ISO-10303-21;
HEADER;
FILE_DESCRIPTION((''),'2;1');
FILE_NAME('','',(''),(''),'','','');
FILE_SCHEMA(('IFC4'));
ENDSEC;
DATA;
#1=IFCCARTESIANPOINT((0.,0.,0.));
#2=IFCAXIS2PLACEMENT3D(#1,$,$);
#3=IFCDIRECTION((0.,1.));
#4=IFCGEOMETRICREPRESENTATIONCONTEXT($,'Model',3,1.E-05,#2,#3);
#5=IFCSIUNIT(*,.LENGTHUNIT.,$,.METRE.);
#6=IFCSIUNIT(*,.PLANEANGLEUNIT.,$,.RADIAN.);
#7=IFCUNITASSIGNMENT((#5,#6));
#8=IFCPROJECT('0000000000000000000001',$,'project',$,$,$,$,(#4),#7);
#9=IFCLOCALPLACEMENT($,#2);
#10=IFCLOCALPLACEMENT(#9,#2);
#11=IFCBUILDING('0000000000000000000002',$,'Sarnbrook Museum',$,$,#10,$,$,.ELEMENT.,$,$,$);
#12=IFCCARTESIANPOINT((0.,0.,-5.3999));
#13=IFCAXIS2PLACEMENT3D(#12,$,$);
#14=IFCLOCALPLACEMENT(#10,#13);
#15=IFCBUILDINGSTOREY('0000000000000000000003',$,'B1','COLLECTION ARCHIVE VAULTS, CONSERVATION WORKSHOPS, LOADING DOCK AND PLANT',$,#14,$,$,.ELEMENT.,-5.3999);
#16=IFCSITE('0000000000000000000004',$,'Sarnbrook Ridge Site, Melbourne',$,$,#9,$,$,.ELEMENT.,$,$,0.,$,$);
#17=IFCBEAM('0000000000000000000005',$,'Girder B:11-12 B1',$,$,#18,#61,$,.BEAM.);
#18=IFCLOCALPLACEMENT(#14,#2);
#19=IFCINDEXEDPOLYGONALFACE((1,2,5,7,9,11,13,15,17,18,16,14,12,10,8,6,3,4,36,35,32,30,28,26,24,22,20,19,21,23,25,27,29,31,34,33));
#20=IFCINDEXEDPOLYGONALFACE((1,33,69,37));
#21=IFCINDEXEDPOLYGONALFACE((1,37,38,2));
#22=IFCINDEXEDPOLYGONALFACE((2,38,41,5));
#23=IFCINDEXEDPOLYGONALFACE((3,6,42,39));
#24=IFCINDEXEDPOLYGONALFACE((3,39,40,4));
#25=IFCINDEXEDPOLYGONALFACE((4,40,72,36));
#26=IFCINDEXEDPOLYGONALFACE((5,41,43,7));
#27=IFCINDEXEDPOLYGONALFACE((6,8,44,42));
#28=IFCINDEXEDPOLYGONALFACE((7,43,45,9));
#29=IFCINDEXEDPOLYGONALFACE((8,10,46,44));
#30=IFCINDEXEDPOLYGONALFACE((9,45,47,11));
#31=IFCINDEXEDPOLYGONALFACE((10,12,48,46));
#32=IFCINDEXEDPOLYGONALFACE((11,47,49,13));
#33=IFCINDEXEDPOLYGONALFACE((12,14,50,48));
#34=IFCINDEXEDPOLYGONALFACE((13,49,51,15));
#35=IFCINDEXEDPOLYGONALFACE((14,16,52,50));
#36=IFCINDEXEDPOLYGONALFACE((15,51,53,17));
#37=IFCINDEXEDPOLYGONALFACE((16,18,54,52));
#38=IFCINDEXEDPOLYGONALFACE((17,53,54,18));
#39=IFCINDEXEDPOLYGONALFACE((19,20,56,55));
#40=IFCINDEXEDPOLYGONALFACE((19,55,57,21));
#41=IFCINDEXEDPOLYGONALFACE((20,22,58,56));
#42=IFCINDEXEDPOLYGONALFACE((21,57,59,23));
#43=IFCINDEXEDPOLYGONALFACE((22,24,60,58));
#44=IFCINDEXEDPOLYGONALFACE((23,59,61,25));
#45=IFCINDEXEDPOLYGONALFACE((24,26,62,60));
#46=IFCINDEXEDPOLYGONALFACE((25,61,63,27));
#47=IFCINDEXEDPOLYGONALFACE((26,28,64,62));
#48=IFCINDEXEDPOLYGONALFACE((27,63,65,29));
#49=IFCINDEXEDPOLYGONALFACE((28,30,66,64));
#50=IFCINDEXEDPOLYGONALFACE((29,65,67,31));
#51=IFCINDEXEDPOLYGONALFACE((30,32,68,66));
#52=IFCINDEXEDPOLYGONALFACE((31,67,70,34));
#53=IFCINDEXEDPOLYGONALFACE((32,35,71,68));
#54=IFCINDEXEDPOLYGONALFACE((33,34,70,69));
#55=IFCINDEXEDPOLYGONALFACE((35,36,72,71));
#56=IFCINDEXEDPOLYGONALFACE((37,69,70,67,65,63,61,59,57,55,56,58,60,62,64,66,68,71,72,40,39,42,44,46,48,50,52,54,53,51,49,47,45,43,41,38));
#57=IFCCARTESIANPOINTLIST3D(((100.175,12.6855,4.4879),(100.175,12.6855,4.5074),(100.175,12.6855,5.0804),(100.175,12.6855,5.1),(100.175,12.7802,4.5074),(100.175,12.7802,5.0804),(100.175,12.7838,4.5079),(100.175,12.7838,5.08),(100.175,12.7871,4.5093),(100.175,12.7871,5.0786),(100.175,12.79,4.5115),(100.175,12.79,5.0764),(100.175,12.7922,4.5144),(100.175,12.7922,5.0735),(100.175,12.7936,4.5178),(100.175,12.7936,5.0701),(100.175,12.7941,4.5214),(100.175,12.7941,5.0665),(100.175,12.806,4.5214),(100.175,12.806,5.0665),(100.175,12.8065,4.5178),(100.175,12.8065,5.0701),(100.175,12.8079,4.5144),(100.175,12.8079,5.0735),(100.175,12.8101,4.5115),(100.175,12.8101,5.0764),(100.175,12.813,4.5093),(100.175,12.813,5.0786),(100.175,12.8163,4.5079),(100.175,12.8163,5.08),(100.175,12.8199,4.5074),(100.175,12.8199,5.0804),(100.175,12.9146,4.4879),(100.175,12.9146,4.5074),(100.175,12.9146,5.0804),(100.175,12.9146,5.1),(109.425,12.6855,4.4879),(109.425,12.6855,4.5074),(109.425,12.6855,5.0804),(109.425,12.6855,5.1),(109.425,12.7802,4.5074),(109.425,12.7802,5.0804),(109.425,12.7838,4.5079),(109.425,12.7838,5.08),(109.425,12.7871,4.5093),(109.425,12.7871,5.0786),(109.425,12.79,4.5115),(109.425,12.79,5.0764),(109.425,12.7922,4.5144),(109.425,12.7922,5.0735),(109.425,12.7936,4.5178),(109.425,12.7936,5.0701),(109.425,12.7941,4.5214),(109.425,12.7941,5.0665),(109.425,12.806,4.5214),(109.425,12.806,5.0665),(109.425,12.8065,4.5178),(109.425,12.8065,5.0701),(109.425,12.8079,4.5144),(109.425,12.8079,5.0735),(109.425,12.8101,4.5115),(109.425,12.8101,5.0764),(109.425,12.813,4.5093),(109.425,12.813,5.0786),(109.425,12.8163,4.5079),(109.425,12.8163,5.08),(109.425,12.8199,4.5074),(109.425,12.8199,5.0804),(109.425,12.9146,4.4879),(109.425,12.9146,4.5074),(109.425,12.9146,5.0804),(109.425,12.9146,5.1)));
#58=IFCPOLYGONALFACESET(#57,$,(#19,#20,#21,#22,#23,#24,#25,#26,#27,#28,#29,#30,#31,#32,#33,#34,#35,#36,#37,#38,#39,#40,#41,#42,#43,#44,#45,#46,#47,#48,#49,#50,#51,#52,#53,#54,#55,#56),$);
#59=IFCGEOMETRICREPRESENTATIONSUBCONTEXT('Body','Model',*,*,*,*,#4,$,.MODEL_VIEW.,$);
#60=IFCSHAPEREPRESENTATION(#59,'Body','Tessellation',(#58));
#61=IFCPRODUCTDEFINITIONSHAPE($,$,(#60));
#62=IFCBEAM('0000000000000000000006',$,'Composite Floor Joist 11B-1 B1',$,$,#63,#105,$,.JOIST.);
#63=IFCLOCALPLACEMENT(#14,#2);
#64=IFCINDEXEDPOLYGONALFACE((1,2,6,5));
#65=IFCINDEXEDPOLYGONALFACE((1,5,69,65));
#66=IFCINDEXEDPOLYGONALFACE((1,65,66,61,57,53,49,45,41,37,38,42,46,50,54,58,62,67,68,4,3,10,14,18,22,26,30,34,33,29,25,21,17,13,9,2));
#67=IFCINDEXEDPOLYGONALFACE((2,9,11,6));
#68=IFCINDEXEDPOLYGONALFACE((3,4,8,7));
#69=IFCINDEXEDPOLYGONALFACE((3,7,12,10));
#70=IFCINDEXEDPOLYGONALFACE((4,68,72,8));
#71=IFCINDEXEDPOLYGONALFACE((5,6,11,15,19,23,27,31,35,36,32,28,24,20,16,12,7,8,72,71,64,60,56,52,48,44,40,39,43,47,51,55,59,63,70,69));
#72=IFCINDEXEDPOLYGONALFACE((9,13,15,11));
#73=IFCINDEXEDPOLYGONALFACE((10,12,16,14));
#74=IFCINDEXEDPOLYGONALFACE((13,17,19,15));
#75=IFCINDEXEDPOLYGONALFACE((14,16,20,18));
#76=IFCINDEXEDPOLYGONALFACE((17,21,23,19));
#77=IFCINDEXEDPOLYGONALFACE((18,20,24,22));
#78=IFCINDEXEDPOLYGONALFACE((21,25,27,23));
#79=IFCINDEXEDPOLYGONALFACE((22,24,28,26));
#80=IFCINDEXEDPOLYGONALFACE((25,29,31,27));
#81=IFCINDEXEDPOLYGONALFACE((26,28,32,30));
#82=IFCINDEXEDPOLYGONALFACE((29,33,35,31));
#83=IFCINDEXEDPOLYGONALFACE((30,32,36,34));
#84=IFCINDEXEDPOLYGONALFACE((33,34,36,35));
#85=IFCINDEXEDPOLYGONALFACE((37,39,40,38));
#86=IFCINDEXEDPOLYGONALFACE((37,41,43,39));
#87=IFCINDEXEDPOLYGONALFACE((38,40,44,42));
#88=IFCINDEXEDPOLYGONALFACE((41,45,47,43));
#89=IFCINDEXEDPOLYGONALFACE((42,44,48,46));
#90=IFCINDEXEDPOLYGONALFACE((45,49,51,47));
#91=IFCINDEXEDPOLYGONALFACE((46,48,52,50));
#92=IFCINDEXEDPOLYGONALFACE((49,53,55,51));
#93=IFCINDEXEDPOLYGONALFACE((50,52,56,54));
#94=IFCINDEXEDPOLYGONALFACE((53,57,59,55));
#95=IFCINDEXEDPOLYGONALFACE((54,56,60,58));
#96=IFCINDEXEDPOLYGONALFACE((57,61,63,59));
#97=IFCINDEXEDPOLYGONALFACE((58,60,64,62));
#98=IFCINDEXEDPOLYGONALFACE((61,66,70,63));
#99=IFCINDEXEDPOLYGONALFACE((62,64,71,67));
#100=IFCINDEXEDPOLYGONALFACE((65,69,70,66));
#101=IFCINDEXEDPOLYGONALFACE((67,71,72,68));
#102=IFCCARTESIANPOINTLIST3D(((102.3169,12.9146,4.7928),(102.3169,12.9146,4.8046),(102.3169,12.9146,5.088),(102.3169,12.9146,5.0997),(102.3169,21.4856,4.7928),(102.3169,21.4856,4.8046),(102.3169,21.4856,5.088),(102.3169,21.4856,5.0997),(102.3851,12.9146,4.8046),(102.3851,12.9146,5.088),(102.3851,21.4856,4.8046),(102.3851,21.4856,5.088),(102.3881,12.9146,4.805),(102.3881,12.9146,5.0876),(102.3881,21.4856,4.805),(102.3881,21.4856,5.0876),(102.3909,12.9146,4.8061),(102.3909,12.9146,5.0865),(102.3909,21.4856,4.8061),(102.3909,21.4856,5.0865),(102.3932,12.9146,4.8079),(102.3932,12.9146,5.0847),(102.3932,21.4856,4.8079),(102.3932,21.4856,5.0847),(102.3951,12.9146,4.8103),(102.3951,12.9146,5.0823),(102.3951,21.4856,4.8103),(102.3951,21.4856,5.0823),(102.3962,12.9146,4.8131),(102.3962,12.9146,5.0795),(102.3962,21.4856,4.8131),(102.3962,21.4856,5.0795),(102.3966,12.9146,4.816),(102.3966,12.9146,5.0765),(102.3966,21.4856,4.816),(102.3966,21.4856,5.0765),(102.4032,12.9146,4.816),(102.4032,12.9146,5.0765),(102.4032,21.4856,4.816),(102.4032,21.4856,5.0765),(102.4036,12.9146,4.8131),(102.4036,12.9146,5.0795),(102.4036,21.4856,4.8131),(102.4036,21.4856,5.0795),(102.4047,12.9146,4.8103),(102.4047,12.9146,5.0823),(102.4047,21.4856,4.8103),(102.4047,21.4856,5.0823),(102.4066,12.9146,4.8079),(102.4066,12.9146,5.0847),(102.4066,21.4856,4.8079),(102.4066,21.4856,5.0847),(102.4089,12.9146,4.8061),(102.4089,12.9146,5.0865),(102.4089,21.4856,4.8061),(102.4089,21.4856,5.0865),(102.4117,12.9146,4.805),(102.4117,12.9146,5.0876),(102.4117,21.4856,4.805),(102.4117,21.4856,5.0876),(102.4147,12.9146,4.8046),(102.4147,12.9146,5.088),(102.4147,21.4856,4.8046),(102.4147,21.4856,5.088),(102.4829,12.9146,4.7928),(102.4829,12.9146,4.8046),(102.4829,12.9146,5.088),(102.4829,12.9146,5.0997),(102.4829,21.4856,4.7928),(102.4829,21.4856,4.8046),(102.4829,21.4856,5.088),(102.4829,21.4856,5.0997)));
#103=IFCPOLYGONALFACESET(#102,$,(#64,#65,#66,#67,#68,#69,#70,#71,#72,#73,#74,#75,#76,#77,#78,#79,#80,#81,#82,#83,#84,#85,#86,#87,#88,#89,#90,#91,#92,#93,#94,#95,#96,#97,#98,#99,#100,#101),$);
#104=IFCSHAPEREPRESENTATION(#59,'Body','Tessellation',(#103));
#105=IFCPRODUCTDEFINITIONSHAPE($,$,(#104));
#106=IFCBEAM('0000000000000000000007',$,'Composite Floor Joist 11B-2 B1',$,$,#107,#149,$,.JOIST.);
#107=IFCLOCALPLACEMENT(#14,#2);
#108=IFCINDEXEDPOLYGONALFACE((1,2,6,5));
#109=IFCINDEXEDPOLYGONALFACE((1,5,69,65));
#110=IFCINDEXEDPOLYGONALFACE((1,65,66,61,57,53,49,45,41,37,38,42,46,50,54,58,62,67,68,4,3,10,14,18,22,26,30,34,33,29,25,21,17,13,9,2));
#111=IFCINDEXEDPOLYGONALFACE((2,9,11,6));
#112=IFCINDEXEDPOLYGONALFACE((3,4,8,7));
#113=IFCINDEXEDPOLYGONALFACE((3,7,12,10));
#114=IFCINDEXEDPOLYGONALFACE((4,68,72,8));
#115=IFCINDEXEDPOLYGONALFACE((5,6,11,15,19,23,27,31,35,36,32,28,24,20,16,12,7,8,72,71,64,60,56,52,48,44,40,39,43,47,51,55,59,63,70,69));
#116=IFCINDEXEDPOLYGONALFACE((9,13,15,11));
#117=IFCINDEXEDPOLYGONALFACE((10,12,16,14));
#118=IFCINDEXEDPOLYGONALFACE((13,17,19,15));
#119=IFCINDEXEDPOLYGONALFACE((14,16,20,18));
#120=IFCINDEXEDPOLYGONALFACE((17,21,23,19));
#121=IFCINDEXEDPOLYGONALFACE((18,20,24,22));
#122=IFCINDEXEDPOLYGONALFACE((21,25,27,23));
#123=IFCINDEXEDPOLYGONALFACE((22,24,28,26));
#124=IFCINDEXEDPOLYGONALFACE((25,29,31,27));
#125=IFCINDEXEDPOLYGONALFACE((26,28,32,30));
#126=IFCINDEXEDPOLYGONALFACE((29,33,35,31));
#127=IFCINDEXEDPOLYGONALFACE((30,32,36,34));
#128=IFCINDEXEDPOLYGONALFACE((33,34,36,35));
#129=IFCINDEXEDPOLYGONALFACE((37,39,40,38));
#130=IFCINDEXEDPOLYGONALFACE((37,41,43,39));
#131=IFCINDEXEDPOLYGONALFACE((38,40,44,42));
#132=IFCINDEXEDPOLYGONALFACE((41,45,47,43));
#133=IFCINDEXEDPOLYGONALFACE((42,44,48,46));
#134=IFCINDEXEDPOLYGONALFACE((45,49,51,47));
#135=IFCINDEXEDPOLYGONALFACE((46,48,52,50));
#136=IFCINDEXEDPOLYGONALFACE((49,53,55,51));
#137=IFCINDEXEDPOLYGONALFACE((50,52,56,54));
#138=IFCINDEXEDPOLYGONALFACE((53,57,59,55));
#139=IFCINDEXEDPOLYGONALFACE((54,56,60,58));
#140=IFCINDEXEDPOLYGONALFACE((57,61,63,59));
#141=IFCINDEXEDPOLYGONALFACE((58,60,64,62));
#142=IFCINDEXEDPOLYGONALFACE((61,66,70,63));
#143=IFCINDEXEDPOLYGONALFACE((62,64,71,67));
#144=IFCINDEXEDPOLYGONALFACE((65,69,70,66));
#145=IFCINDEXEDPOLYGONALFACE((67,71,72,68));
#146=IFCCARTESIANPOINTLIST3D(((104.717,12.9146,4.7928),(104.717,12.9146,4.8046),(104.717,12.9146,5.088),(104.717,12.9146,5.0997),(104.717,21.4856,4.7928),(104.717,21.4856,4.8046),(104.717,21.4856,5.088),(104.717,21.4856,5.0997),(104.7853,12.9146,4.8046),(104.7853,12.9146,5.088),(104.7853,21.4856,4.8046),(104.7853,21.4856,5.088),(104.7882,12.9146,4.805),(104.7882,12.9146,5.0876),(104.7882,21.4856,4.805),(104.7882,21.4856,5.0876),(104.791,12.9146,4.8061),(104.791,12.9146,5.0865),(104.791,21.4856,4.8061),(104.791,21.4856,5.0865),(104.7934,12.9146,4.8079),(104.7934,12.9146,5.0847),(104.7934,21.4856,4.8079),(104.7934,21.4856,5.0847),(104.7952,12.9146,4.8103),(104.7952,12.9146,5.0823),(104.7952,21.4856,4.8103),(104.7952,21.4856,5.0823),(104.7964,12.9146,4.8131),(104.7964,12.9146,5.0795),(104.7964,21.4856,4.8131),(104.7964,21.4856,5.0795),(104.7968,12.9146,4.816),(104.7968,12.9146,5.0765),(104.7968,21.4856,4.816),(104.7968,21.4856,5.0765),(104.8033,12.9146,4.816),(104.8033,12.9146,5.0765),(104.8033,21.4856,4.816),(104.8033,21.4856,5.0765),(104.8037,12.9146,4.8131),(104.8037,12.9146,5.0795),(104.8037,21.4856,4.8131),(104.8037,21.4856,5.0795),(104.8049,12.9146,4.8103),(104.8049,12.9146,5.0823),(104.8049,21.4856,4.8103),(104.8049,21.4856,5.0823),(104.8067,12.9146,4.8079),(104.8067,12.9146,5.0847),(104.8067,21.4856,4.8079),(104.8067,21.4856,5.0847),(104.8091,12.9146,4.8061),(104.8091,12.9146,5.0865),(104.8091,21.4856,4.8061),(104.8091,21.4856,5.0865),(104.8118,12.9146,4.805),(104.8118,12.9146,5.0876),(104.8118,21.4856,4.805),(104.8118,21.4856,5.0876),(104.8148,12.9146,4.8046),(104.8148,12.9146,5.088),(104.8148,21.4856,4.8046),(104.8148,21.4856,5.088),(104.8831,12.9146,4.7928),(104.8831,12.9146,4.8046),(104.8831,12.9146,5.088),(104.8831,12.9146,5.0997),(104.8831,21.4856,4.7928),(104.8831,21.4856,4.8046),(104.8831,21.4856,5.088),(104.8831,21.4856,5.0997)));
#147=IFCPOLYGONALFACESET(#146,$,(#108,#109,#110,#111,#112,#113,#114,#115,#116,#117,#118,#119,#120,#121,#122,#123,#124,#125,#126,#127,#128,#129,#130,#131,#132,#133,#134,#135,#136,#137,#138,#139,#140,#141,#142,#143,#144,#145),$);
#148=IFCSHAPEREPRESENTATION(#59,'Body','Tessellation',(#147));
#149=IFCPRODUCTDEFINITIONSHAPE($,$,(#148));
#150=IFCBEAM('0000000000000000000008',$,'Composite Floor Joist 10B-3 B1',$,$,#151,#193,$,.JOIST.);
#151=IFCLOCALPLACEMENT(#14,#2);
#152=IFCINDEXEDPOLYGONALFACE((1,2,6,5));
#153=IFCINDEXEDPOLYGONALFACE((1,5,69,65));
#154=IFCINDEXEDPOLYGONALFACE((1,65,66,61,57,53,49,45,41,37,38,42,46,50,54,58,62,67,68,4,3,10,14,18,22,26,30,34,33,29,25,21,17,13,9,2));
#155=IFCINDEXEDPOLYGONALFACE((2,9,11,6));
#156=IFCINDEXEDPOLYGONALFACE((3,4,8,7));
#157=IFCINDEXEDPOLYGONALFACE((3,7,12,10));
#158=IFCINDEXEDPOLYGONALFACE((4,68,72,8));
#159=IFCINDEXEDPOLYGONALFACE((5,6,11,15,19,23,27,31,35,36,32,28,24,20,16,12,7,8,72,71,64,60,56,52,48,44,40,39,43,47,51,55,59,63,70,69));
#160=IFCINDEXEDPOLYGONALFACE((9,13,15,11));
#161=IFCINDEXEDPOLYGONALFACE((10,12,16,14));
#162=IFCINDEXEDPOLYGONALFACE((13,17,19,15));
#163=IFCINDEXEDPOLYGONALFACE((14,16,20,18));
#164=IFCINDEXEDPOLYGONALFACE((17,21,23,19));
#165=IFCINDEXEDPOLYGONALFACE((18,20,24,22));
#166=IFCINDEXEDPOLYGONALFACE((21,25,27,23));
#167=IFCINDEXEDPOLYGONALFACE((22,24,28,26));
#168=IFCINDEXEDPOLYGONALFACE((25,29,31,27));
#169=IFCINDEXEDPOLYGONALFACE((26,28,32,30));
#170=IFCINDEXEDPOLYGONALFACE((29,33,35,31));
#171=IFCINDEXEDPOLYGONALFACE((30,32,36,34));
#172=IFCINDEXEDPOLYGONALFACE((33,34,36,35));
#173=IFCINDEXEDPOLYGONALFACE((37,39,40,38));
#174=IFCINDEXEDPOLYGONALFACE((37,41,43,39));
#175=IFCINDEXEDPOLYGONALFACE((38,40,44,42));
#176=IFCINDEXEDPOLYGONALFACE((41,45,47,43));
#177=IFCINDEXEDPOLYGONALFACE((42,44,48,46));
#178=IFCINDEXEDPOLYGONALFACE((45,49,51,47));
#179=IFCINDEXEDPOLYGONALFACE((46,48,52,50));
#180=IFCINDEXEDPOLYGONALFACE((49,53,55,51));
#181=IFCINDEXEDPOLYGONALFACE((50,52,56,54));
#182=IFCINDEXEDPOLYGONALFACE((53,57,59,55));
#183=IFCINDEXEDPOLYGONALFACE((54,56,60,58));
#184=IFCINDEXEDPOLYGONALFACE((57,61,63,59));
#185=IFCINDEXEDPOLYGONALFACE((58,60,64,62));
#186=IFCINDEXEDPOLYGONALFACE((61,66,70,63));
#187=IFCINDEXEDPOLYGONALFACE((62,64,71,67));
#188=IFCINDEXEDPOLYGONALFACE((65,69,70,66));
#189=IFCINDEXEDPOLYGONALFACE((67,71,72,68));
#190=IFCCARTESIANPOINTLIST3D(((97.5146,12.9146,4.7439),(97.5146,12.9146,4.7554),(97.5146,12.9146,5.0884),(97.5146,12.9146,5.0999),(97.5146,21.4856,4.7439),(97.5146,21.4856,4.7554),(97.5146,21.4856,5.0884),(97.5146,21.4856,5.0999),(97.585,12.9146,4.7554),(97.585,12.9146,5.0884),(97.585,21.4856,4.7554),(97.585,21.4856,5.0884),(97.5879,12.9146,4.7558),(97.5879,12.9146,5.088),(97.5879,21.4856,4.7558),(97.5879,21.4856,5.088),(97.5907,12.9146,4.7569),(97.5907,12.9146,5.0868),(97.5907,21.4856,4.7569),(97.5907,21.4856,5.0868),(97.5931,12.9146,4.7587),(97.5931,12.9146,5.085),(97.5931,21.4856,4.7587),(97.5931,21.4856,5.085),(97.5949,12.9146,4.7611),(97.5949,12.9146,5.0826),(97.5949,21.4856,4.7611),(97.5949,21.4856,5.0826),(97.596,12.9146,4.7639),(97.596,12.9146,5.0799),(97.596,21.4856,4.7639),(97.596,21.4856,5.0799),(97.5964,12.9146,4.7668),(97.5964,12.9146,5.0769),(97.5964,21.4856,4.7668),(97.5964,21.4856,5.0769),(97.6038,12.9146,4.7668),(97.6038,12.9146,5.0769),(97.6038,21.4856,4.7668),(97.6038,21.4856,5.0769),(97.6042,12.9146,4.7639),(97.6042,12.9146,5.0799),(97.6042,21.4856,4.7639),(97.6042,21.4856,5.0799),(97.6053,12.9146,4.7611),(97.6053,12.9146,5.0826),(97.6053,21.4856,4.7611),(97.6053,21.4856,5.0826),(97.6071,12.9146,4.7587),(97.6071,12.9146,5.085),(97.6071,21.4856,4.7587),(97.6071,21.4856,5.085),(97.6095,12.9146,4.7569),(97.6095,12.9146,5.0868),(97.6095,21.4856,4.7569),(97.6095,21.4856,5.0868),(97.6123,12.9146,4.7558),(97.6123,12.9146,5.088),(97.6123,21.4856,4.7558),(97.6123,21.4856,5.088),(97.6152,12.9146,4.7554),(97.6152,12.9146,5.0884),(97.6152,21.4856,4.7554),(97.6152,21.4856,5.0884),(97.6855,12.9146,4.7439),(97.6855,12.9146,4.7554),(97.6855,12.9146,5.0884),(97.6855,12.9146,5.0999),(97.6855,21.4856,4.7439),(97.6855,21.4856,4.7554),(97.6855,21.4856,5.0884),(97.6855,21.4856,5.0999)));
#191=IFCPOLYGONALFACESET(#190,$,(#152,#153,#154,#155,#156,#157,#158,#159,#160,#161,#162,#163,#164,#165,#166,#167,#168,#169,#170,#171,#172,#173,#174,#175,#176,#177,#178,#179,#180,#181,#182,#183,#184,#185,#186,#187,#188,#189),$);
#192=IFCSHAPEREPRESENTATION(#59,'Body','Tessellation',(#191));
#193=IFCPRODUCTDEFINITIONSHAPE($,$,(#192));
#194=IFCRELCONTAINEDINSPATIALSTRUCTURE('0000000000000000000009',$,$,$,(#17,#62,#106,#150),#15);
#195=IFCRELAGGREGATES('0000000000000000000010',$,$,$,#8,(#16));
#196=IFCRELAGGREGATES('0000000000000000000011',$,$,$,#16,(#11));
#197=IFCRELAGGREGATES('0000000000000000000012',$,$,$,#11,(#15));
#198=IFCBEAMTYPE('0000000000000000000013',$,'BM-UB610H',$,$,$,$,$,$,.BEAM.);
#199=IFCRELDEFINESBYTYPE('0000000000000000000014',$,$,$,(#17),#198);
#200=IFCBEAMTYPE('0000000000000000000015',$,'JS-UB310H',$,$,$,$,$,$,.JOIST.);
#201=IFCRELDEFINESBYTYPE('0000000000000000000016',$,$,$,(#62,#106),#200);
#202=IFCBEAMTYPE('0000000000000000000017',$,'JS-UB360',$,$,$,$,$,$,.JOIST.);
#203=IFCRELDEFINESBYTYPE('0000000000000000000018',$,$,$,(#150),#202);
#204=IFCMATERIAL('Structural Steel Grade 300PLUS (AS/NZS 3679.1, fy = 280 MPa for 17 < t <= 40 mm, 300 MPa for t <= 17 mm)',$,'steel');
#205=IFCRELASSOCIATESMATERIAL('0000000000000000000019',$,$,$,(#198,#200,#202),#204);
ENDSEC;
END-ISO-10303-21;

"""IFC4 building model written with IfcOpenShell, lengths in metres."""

from ifc_helpers import new_model, si_unit, direction, frame, origin, origin_2d, place, context, subcontext, project, spatial, i_section, extrude, material, material_profile, profile_set, type_object, element, save


model = new_model("IFC4")

# Units and contexts
model_context = context("Model", 3, precision=1e-05, world=origin(), true_north=direction((0.0, 1.0)))
body_context = subcontext(model_context, "Body", "Model", "MODEL_VIEW")
ifc_project = project(units=[si_unit("LENGTHUNIT", "METRE"), si_unit("PLANEANGLEUNIT", "RADIAN")], contexts=[model_context])

# Site, building, storey
site_placement = place(None, origin())
site = spatial("IfcSite", under=ifc_project, at=site_placement, Name="Sarnbrook Ridge Site, Melbourne", CompositionType="ELEMENT", RefElevation=0.0)
building_placement = place(site_placement, origin())
building = spatial("IfcBuilding", under=site, at=building_placement, Name="Sarnbrook Museum", CompositionType="ELEMENT")
storey_placement = place(building_placement, frame((0.0, 0.0, -5.3999)))
storey = spatial("IfcBuildingStorey", under=building, at=storey_placement, Name="B1", Description="COLLECTION ARCHIVE VAULTS, CONSERVATION WORKSHOPS, LOADING DOCK AND PLANT", CompositionType="ELEMENT", Elevation=-5.3999)

# Beams
ifc_material_1 = material(Name="Structural Steel Grade 300PLUS (AS/NZS 3679.1, fy = 280 MPa for 17 < t <= 40 mm, 300 MPa for t <= 17 mm)", Category="steel")
ifc_material_profile_1 = material_profile(ifc_material_1, i_section(OverallWidth=0.229, OverallDepth=0.6121, WebThickness=0.012, FlangeThickness=0.0195, FilletRadius=0.0139, at=origin_2d()), Name="610UB125")
ifc_profile_set_1 = profile_set([ifc_material_profile_1], Name="Structural Steel Grade 300PLUS (AS/NZS 3679.1, fy = 280 MPa for 17 < t <= 40 mm, 300 MPa for t <= 17 mm)")
beam_type_1 = type_object("IfcBeamType", Name="BM-UB610H", PredefinedType="BEAM", material=ifc_profile_set_1)
beam_1_placement = place(storey_placement, frame((100.175, 12.8, 4.7939), z_axis=(1.0, 0.0, 0.0), x_axis=(0.0, 1.0, 0.0)))
element("IfcBeam", 1, at=beam_1_placement, inside=storey, type_object=beam_type_1, Name="Girder B:11-12 B1", PredefinedType="BEAM", context=body_context, shape_type="SweptSolid", body=[
    extrude(i_section(OverallWidth=0.229, OverallDepth=0.6121, WebThickness=0.012, FlangeThickness=0.0195, FilletRadius=0.0139, at=origin_2d()), origin(), (0.0, 0.0, 1.0), 9.25),
])
ifc_material_profile_2 = material_profile(ifc_material_1, i_section(OverallWidth=0.166, OverallDepth=0.3069, WebThickness=0.0066, FlangeThickness=0.0117, FilletRadius=0.0115, at=origin_2d()), Name="310UB46.2")
ifc_profile_set_2 = profile_set([ifc_material_profile_2], Name="Structural Steel Grade 300PLUS (AS/NZS 3679.1, fy = 280 MPa for 17 < t <= 40 mm, 300 MPa for t <= 17 mm)")
beam_type_2 = type_object("IfcBeamType", Name="JS-UB310H", PredefinedType="JOIST", material=ifc_profile_set_2)
for number, where, z_axis, x_axis, name in (
    (2, (102.3999, 12.9146, 4.9463), (0.0, 1.0, 0.0), (-1.0, 0.0, 0.0), "Composite Floor Joist 11B-1 B1"),
    (3, (104.8, 12.9146, 4.9463), (0.0, 1.0, 0.0), (-1.0, 0.0, 0.0), "Composite Floor Joist 11B-2 B1"),
):
    element("IfcBeam", number, at=place(storey_placement, frame(where, z_axis=z_axis, x_axis=x_axis)), inside=storey, type_object=beam_type_2, Name=name, PredefinedType="JOIST", context=body_context, shape_type="SweptSolid", body=[
        extrude(i_section(OverallWidth=0.166, OverallDepth=0.3069, WebThickness=0.0066, FlangeThickness=0.0117, FilletRadius=0.0115, at=origin_2d()), origin(), (0.0, 0.0, 1.0), 8.571),
    ])
ifc_material_profile_3 = material_profile(ifc_material_1, i_section(OverallWidth=0.1709, OverallDepth=0.356, WebThickness=0.0073, FlangeThickness=0.0115, FilletRadius=0.0115, at=origin_2d()), Name="360UB50.7")
ifc_profile_set_3 = profile_set([ifc_material_profile_3], Name="Structural Steel Grade 300PLUS (AS/NZS 3679.1, fy = 280 MPa for 17 < t <= 40 mm, 300 MPa for t <= 17 mm)")
beam_type_3 = type_object("IfcBeamType", Name="JS-UB360", PredefinedType="JOIST", material=ifc_profile_set_3)
beam_2_placement = place(storey_placement, frame((97.6001, 12.9146, 4.9219), z_axis=(0.0, 1.0, 0.0), x_axis=(-1.0, 0.0, 0.0)))
element("IfcBeam", 4, at=beam_2_placement, inside=storey, type_object=beam_type_3, Name="Composite Floor Joist 10B-3 B1", PredefinedType="JOIST", context=body_context, shape_type="SweptSolid", body=[
    extrude(i_section(OverallWidth=0.1709, OverallDepth=0.356, WebThickness=0.0073, FlangeThickness=0.0115, FilletRadius=0.0115, at=origin_2d()), origin(), (0.0, 0.0, 1.0), 8.571),
])

save(model, "model.ifc")
